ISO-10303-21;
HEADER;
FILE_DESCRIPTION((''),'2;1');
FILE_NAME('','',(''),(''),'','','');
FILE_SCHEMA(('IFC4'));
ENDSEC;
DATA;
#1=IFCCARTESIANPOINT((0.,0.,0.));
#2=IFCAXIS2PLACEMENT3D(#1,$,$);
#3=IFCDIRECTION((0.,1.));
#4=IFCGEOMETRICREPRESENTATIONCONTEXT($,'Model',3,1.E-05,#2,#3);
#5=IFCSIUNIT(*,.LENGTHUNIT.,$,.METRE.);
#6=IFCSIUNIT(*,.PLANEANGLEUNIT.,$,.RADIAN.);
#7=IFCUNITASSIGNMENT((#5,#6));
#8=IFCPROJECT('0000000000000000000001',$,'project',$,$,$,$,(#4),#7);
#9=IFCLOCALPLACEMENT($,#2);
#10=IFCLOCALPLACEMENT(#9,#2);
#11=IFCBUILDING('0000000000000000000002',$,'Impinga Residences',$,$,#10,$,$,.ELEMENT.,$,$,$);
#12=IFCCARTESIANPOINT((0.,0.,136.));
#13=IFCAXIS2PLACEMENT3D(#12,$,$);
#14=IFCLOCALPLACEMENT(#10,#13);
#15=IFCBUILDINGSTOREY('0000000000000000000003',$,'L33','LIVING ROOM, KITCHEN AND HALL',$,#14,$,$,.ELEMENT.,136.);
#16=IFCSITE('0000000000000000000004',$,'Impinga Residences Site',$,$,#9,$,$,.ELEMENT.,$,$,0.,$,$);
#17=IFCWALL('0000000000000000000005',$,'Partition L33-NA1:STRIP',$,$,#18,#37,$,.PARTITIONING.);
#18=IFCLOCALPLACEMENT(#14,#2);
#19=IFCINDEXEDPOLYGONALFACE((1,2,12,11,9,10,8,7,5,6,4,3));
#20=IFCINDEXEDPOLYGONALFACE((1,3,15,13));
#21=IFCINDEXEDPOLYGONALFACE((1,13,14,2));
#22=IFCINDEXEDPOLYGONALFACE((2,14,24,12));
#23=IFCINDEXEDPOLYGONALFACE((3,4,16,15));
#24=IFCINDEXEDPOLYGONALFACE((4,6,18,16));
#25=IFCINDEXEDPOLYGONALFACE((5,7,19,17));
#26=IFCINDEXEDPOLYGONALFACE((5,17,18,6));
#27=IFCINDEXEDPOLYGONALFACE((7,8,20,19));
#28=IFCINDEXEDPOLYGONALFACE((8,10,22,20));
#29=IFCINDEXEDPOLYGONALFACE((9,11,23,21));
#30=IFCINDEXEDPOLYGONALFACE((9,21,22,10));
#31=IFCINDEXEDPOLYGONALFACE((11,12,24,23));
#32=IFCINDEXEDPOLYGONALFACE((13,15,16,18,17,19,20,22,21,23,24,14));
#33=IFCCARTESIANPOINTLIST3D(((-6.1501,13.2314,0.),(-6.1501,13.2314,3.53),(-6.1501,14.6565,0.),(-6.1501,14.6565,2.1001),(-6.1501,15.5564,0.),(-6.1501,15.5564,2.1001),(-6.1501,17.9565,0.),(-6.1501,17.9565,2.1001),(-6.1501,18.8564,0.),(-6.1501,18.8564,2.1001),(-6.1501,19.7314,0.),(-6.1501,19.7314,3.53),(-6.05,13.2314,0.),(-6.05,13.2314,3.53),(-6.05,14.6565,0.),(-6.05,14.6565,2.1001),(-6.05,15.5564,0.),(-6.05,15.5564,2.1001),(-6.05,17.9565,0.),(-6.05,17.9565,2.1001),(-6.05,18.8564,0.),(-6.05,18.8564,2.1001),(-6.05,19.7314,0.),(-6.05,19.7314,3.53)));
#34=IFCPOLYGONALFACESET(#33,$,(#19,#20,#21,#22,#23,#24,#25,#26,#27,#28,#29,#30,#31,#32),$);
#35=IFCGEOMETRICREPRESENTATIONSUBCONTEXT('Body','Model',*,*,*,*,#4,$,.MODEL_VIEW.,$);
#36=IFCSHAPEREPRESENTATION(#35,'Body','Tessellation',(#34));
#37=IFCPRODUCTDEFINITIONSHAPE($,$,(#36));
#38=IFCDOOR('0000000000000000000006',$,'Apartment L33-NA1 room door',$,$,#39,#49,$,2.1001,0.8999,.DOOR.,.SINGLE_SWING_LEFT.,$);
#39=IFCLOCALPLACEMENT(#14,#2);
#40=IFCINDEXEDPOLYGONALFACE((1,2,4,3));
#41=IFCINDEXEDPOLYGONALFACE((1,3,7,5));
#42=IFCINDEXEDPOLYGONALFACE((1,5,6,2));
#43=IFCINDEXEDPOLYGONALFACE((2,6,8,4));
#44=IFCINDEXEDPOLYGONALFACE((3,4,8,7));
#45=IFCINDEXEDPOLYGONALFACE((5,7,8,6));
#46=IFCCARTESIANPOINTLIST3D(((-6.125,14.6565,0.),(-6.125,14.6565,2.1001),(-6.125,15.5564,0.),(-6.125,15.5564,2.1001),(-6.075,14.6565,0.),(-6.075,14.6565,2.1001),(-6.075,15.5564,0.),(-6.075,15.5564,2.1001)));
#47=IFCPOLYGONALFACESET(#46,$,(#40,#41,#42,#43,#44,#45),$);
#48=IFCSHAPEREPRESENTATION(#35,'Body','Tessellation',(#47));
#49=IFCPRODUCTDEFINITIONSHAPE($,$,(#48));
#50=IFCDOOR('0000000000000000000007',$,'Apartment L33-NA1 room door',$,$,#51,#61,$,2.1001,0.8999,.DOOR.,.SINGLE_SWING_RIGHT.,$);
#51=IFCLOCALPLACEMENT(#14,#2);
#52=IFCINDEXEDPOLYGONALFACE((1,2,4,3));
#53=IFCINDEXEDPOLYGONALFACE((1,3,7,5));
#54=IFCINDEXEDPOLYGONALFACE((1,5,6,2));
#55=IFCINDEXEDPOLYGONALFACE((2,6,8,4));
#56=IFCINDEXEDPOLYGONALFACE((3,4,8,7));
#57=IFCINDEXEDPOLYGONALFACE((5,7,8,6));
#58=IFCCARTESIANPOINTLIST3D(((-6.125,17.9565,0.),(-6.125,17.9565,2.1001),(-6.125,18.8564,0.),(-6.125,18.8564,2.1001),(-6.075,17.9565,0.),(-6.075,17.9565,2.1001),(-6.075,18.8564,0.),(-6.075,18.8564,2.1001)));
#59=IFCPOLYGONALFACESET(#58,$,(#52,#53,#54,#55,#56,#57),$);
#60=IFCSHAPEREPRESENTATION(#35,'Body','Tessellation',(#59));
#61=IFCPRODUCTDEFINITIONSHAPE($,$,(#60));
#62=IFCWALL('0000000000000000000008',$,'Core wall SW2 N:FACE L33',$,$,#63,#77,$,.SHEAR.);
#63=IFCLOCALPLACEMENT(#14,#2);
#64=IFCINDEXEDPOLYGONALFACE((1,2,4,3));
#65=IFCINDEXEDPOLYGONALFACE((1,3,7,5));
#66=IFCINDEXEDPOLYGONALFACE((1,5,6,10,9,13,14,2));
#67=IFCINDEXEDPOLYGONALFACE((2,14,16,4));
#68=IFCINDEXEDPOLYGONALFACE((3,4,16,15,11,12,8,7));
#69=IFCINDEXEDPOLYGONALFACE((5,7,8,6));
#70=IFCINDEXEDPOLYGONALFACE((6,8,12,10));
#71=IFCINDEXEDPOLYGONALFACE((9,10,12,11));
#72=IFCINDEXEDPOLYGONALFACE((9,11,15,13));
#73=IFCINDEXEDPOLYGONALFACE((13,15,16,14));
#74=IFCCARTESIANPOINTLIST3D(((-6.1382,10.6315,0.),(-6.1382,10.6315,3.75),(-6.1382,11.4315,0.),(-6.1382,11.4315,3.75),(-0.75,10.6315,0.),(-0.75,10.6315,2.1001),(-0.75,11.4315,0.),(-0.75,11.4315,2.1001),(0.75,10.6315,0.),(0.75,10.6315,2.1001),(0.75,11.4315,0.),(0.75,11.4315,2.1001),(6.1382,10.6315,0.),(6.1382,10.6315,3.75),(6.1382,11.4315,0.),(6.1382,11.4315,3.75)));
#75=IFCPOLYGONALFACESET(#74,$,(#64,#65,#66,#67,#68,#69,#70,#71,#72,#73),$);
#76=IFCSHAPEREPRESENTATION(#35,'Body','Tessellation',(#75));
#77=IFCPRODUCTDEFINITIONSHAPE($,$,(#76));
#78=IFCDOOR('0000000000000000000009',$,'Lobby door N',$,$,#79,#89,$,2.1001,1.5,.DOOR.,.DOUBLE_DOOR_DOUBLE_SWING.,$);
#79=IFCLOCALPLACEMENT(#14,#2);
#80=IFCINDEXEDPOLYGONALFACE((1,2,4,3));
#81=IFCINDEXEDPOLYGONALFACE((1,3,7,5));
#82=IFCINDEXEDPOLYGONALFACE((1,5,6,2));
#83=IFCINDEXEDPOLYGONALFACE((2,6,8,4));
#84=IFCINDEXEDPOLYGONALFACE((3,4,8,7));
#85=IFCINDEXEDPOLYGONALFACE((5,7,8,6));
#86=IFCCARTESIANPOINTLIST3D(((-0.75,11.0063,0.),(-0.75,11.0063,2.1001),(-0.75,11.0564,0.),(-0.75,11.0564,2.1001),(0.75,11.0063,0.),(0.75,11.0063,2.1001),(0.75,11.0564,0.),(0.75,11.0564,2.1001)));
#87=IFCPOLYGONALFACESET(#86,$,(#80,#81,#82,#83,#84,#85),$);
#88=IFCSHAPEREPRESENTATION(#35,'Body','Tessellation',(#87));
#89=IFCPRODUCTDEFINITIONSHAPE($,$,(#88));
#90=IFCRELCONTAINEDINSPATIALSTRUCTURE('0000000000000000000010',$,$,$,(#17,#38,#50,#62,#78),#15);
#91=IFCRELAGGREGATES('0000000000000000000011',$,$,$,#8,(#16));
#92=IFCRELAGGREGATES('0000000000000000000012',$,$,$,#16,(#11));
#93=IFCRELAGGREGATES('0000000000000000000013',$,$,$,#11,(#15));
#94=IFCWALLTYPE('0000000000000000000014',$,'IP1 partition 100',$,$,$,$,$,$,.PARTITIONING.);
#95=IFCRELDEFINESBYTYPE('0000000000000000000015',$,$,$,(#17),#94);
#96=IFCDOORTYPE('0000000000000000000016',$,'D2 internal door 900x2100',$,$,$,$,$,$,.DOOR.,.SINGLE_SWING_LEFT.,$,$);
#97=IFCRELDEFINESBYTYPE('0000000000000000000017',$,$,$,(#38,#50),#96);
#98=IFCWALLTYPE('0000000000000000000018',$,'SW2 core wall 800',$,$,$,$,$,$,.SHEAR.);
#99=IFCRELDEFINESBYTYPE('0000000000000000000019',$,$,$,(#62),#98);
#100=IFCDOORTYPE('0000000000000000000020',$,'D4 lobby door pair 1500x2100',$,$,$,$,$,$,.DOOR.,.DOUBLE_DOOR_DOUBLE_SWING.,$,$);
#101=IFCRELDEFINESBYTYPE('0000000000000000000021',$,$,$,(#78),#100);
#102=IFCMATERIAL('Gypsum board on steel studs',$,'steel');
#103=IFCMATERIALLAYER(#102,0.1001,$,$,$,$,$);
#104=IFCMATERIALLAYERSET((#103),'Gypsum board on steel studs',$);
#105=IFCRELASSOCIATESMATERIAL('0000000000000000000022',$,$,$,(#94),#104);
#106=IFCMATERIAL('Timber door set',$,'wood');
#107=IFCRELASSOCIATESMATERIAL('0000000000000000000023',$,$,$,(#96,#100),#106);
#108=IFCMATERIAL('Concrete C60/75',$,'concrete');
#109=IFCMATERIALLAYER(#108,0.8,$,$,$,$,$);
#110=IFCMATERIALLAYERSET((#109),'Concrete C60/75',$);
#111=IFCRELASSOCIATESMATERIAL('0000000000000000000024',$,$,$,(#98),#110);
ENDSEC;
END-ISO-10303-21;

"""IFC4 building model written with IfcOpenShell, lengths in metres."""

from ifc_helpers import new_model, si_unit, direction, frame, frame_2d, origin, place, context, subcontext, project, spatial, rectangle, extrude, material, layer, layer_set, type_object, element, fill, save


model = new_model("IFC4")

# Units and contexts
model_context = context("Model", 3, precision=1e-05, world=origin(), true_north=direction((0.0, 1.0)))
body_context = subcontext(model_context, "Body", "Model", "MODEL_VIEW")
ifc_project = project(units=[si_unit("LENGTHUNIT", "METRE"), si_unit("PLANEANGLEUNIT", "RADIAN")], contexts=[model_context])

# Site, building, storey
site_placement = place(None, origin())
site = spatial("IfcSite", under=ifc_project, at=site_placement, Name="Impinga Residences Site", CompositionType="ELEMENT", RefElevation=0.0)
building_placement = place(site_placement, origin())
building = spatial("IfcBuilding", under=site, at=building_placement, Name="Impinga Residences", CompositionType="ELEMENT")
storey_placement = place(building_placement, frame((0.0, 0.0, 136.0)))
storey = spatial("IfcBuildingStorey", under=building, at=storey_placement, Name="L33", Description="LIVING ROOM, KITCHEN AND HALL", CompositionType="ELEMENT", Elevation=136.0)

# Shared definitions
ifc_material_1 = material(Name="Concrete C60/75", Category="concrete")

# Wall, openings, doors
ifc_material_2 = material(Name="Gypsum board on steel studs", Category="steel")
ifc_layer_1 = layer(ifc_material_2, 0.1001)
ifc_layer_set_1 = layer_set([ifc_layer_1], Name="Gypsum board on steel studs")
wall_type_1 = type_object("IfcWallType", Name="IP1 partition 100", PredefinedType="PARTITIONING", material=ifc_layer_set_1)
wall_1_placement = place(storey_placement, frame((-6.1001, 13.2314, 0.0), z_axis=(0.0, 0.0, 1.0), x_axis=(0.0, 1.0, 0.0)))
wall_1 = element("IfcWall", 1, at=wall_1_placement, inside=storey, type_object=wall_type_1, Name="Partition L33-NA1:STRIP", PredefinedType="PARTITIONING", context=body_context, shape_type="SweptSolid", body=[
    extrude(rectangle(XDim=6.5, YDim=0.1001, at=frame_2d((3.25, 0.0))), origin(), (0.0, 0.0, 1.0), 3.53),
])
opening_1_placement = place(wall_1_placement, frame((1.425, 0.0, 0.0)))
opening_1 = element("IfcOpeningElement", 2, at=opening_1_placement, cuts=wall_1, PredefinedType="OPENING", context=body_context, shape_type="SweptSolid", body=[
    extrude(rectangle(XDim=0.8999, YDim=2.1001, at=frame_2d((0.45, 1.05))), frame((0.0, 0.0601, 0.0), z_axis=(0.0, -1.0, 0.0), x_axis=(1.0, 0.0, 0.0)), (0.0, 0.0, 1.0), 0.1201),
])
opening_2_placement = place(wall_1_placement, frame((4.7251, 0.0, 0.0)))
opening_2 = element("IfcOpeningElement", 3, at=opening_2_placement, cuts=wall_1, PredefinedType="OPENING", context=body_context, shape_type="SweptSolid", body=[
    extrude(rectangle(XDim=0.8999, YDim=2.1001, at=frame_2d((0.45, 1.05))), frame((0.0, 0.0601, 0.0), z_axis=(0.0, -1.0, 0.0), x_axis=(1.0, 0.0, 0.0)), (0.0, 0.0, 1.0), 0.1201),
])
ifc_material_3 = material(Name="Timber door set", Category="wood")
door_type_1 = type_object("IfcDoorType", Name="D2 internal door 900x2100", OperationType="SINGLE_SWING_LEFT", PredefinedType="DOOR", material=ifc_material_3)
door_1_placement = place(opening_1_placement, origin())
door_1 = element("IfcDoor", 4, at=door_1_placement, inside=storey, type_object=door_type_1, Name="Apartment L33-NA1 room door", OperationType="SINGLE_SWING_LEFT", OverallHeight=2.1001, OverallWidth=0.8999, PredefinedType="DOOR", context=body_context, shape_type="SweptSolid", body=[
    extrude(rectangle(XDim=0.8999, YDim=2.1001, at=frame_2d((0.45, 1.05))), frame((0.0, 0.0249, 0.0), z_axis=(0.0, -1.0, 0.0), x_axis=(1.0, 0.0, 0.0)), (0.0, 0.0, 1.0), 0.05),
])
fill(opening_1, door_1)
door_2_placement = place(opening_2_placement, origin())
door_2 = element("IfcDoor", 5, at=door_2_placement, inside=storey, type_object=door_type_1, Name="Apartment L33-NA1 room door", OperationType="SINGLE_SWING_RIGHT", OverallHeight=2.1001, OverallWidth=0.8999, PredefinedType="DOOR", context=body_context, shape_type="SweptSolid", body=[
    extrude(rectangle(XDim=0.8999, YDim=2.1001, at=frame_2d((0.45, 1.05))), frame((0.0, 0.0249, 0.0), z_axis=(0.0, -1.0, 0.0), x_axis=(1.0, 0.0, 0.0)), (0.0, 0.0, 1.0), 0.05),
])
fill(opening_2, door_2)

# Wall, opening, door
ifc_layer_2 = layer(ifc_material_1, 0.8)
ifc_layer_set_2 = layer_set([ifc_layer_2], Name="Concrete C60/75")
wall_type_2 = type_object("IfcWallType", Name="SW2 core wall 800", PredefinedType="SHEAR", material=ifc_layer_set_2)
wall_2_placement = place(storey_placement, frame((-6.1382, 11.0315, 0.0), z_axis=(0.0, 0.0, 1.0), x_axis=(1.0, 0.0, 0.0)))
wall_2 = element("IfcWall", 6, at=wall_2_placement, inside=storey, type_object=wall_type_2, Name="Core wall SW2 N:FACE L33", PredefinedType="SHEAR", context=body_context, shape_type="SweptSolid", body=[
    extrude(rectangle(XDim=12.2764, YDim=0.8, at=frame_2d((6.1382, 0.0))), origin(), (0.0, 0.0, 1.0), 3.75),
])
opening_3_placement = place(wall_2_placement, frame((5.3882, 0.0, 0.0)))
opening_3 = element("IfcOpeningElement", 7, at=opening_3_placement, cuts=wall_2, PredefinedType="OPENING", context=body_context, shape_type="SweptSolid", body=[
    extrude(rectangle(XDim=1.5, YDim=2.1001, at=frame_2d((0.75, 1.05))), frame((0.0, 0.4099, 0.0), z_axis=(0.0, -1.0, 0.0), x_axis=(1.0, 0.0, 0.0)), (0.0, 0.0, 1.0), 0.8201),
])
door_type_2 = type_object("IfcDoorType", Name="D4 lobby door pair 1500x2100", OperationType="DOUBLE_DOOR_DOUBLE_SWING", PredefinedType="DOOR", material=ifc_material_3)
door_3_placement = place(opening_3_placement, origin())
door_3 = element("IfcDoor", 8, at=door_3_placement, inside=storey, type_object=door_type_2, Name="Lobby door N", OperationType="DOUBLE_DOOR_DOUBLE_SWING", OverallHeight=2.1001, OverallWidth=1.5, PredefinedType="DOOR", context=body_context, shape_type="SweptSolid", body=[
    extrude(rectangle(XDim=1.5, YDim=2.1001, at=frame_2d((0.75, 1.05))), frame((0.0, 0.0249, 0.0), z_axis=(0.0, -1.0, 0.0), x_axis=(1.0, 0.0, 0.0)), (0.0, 0.0, 1.0), 0.05),
])
fill(opening_3, door_3)

save(model, "model.ifc")
